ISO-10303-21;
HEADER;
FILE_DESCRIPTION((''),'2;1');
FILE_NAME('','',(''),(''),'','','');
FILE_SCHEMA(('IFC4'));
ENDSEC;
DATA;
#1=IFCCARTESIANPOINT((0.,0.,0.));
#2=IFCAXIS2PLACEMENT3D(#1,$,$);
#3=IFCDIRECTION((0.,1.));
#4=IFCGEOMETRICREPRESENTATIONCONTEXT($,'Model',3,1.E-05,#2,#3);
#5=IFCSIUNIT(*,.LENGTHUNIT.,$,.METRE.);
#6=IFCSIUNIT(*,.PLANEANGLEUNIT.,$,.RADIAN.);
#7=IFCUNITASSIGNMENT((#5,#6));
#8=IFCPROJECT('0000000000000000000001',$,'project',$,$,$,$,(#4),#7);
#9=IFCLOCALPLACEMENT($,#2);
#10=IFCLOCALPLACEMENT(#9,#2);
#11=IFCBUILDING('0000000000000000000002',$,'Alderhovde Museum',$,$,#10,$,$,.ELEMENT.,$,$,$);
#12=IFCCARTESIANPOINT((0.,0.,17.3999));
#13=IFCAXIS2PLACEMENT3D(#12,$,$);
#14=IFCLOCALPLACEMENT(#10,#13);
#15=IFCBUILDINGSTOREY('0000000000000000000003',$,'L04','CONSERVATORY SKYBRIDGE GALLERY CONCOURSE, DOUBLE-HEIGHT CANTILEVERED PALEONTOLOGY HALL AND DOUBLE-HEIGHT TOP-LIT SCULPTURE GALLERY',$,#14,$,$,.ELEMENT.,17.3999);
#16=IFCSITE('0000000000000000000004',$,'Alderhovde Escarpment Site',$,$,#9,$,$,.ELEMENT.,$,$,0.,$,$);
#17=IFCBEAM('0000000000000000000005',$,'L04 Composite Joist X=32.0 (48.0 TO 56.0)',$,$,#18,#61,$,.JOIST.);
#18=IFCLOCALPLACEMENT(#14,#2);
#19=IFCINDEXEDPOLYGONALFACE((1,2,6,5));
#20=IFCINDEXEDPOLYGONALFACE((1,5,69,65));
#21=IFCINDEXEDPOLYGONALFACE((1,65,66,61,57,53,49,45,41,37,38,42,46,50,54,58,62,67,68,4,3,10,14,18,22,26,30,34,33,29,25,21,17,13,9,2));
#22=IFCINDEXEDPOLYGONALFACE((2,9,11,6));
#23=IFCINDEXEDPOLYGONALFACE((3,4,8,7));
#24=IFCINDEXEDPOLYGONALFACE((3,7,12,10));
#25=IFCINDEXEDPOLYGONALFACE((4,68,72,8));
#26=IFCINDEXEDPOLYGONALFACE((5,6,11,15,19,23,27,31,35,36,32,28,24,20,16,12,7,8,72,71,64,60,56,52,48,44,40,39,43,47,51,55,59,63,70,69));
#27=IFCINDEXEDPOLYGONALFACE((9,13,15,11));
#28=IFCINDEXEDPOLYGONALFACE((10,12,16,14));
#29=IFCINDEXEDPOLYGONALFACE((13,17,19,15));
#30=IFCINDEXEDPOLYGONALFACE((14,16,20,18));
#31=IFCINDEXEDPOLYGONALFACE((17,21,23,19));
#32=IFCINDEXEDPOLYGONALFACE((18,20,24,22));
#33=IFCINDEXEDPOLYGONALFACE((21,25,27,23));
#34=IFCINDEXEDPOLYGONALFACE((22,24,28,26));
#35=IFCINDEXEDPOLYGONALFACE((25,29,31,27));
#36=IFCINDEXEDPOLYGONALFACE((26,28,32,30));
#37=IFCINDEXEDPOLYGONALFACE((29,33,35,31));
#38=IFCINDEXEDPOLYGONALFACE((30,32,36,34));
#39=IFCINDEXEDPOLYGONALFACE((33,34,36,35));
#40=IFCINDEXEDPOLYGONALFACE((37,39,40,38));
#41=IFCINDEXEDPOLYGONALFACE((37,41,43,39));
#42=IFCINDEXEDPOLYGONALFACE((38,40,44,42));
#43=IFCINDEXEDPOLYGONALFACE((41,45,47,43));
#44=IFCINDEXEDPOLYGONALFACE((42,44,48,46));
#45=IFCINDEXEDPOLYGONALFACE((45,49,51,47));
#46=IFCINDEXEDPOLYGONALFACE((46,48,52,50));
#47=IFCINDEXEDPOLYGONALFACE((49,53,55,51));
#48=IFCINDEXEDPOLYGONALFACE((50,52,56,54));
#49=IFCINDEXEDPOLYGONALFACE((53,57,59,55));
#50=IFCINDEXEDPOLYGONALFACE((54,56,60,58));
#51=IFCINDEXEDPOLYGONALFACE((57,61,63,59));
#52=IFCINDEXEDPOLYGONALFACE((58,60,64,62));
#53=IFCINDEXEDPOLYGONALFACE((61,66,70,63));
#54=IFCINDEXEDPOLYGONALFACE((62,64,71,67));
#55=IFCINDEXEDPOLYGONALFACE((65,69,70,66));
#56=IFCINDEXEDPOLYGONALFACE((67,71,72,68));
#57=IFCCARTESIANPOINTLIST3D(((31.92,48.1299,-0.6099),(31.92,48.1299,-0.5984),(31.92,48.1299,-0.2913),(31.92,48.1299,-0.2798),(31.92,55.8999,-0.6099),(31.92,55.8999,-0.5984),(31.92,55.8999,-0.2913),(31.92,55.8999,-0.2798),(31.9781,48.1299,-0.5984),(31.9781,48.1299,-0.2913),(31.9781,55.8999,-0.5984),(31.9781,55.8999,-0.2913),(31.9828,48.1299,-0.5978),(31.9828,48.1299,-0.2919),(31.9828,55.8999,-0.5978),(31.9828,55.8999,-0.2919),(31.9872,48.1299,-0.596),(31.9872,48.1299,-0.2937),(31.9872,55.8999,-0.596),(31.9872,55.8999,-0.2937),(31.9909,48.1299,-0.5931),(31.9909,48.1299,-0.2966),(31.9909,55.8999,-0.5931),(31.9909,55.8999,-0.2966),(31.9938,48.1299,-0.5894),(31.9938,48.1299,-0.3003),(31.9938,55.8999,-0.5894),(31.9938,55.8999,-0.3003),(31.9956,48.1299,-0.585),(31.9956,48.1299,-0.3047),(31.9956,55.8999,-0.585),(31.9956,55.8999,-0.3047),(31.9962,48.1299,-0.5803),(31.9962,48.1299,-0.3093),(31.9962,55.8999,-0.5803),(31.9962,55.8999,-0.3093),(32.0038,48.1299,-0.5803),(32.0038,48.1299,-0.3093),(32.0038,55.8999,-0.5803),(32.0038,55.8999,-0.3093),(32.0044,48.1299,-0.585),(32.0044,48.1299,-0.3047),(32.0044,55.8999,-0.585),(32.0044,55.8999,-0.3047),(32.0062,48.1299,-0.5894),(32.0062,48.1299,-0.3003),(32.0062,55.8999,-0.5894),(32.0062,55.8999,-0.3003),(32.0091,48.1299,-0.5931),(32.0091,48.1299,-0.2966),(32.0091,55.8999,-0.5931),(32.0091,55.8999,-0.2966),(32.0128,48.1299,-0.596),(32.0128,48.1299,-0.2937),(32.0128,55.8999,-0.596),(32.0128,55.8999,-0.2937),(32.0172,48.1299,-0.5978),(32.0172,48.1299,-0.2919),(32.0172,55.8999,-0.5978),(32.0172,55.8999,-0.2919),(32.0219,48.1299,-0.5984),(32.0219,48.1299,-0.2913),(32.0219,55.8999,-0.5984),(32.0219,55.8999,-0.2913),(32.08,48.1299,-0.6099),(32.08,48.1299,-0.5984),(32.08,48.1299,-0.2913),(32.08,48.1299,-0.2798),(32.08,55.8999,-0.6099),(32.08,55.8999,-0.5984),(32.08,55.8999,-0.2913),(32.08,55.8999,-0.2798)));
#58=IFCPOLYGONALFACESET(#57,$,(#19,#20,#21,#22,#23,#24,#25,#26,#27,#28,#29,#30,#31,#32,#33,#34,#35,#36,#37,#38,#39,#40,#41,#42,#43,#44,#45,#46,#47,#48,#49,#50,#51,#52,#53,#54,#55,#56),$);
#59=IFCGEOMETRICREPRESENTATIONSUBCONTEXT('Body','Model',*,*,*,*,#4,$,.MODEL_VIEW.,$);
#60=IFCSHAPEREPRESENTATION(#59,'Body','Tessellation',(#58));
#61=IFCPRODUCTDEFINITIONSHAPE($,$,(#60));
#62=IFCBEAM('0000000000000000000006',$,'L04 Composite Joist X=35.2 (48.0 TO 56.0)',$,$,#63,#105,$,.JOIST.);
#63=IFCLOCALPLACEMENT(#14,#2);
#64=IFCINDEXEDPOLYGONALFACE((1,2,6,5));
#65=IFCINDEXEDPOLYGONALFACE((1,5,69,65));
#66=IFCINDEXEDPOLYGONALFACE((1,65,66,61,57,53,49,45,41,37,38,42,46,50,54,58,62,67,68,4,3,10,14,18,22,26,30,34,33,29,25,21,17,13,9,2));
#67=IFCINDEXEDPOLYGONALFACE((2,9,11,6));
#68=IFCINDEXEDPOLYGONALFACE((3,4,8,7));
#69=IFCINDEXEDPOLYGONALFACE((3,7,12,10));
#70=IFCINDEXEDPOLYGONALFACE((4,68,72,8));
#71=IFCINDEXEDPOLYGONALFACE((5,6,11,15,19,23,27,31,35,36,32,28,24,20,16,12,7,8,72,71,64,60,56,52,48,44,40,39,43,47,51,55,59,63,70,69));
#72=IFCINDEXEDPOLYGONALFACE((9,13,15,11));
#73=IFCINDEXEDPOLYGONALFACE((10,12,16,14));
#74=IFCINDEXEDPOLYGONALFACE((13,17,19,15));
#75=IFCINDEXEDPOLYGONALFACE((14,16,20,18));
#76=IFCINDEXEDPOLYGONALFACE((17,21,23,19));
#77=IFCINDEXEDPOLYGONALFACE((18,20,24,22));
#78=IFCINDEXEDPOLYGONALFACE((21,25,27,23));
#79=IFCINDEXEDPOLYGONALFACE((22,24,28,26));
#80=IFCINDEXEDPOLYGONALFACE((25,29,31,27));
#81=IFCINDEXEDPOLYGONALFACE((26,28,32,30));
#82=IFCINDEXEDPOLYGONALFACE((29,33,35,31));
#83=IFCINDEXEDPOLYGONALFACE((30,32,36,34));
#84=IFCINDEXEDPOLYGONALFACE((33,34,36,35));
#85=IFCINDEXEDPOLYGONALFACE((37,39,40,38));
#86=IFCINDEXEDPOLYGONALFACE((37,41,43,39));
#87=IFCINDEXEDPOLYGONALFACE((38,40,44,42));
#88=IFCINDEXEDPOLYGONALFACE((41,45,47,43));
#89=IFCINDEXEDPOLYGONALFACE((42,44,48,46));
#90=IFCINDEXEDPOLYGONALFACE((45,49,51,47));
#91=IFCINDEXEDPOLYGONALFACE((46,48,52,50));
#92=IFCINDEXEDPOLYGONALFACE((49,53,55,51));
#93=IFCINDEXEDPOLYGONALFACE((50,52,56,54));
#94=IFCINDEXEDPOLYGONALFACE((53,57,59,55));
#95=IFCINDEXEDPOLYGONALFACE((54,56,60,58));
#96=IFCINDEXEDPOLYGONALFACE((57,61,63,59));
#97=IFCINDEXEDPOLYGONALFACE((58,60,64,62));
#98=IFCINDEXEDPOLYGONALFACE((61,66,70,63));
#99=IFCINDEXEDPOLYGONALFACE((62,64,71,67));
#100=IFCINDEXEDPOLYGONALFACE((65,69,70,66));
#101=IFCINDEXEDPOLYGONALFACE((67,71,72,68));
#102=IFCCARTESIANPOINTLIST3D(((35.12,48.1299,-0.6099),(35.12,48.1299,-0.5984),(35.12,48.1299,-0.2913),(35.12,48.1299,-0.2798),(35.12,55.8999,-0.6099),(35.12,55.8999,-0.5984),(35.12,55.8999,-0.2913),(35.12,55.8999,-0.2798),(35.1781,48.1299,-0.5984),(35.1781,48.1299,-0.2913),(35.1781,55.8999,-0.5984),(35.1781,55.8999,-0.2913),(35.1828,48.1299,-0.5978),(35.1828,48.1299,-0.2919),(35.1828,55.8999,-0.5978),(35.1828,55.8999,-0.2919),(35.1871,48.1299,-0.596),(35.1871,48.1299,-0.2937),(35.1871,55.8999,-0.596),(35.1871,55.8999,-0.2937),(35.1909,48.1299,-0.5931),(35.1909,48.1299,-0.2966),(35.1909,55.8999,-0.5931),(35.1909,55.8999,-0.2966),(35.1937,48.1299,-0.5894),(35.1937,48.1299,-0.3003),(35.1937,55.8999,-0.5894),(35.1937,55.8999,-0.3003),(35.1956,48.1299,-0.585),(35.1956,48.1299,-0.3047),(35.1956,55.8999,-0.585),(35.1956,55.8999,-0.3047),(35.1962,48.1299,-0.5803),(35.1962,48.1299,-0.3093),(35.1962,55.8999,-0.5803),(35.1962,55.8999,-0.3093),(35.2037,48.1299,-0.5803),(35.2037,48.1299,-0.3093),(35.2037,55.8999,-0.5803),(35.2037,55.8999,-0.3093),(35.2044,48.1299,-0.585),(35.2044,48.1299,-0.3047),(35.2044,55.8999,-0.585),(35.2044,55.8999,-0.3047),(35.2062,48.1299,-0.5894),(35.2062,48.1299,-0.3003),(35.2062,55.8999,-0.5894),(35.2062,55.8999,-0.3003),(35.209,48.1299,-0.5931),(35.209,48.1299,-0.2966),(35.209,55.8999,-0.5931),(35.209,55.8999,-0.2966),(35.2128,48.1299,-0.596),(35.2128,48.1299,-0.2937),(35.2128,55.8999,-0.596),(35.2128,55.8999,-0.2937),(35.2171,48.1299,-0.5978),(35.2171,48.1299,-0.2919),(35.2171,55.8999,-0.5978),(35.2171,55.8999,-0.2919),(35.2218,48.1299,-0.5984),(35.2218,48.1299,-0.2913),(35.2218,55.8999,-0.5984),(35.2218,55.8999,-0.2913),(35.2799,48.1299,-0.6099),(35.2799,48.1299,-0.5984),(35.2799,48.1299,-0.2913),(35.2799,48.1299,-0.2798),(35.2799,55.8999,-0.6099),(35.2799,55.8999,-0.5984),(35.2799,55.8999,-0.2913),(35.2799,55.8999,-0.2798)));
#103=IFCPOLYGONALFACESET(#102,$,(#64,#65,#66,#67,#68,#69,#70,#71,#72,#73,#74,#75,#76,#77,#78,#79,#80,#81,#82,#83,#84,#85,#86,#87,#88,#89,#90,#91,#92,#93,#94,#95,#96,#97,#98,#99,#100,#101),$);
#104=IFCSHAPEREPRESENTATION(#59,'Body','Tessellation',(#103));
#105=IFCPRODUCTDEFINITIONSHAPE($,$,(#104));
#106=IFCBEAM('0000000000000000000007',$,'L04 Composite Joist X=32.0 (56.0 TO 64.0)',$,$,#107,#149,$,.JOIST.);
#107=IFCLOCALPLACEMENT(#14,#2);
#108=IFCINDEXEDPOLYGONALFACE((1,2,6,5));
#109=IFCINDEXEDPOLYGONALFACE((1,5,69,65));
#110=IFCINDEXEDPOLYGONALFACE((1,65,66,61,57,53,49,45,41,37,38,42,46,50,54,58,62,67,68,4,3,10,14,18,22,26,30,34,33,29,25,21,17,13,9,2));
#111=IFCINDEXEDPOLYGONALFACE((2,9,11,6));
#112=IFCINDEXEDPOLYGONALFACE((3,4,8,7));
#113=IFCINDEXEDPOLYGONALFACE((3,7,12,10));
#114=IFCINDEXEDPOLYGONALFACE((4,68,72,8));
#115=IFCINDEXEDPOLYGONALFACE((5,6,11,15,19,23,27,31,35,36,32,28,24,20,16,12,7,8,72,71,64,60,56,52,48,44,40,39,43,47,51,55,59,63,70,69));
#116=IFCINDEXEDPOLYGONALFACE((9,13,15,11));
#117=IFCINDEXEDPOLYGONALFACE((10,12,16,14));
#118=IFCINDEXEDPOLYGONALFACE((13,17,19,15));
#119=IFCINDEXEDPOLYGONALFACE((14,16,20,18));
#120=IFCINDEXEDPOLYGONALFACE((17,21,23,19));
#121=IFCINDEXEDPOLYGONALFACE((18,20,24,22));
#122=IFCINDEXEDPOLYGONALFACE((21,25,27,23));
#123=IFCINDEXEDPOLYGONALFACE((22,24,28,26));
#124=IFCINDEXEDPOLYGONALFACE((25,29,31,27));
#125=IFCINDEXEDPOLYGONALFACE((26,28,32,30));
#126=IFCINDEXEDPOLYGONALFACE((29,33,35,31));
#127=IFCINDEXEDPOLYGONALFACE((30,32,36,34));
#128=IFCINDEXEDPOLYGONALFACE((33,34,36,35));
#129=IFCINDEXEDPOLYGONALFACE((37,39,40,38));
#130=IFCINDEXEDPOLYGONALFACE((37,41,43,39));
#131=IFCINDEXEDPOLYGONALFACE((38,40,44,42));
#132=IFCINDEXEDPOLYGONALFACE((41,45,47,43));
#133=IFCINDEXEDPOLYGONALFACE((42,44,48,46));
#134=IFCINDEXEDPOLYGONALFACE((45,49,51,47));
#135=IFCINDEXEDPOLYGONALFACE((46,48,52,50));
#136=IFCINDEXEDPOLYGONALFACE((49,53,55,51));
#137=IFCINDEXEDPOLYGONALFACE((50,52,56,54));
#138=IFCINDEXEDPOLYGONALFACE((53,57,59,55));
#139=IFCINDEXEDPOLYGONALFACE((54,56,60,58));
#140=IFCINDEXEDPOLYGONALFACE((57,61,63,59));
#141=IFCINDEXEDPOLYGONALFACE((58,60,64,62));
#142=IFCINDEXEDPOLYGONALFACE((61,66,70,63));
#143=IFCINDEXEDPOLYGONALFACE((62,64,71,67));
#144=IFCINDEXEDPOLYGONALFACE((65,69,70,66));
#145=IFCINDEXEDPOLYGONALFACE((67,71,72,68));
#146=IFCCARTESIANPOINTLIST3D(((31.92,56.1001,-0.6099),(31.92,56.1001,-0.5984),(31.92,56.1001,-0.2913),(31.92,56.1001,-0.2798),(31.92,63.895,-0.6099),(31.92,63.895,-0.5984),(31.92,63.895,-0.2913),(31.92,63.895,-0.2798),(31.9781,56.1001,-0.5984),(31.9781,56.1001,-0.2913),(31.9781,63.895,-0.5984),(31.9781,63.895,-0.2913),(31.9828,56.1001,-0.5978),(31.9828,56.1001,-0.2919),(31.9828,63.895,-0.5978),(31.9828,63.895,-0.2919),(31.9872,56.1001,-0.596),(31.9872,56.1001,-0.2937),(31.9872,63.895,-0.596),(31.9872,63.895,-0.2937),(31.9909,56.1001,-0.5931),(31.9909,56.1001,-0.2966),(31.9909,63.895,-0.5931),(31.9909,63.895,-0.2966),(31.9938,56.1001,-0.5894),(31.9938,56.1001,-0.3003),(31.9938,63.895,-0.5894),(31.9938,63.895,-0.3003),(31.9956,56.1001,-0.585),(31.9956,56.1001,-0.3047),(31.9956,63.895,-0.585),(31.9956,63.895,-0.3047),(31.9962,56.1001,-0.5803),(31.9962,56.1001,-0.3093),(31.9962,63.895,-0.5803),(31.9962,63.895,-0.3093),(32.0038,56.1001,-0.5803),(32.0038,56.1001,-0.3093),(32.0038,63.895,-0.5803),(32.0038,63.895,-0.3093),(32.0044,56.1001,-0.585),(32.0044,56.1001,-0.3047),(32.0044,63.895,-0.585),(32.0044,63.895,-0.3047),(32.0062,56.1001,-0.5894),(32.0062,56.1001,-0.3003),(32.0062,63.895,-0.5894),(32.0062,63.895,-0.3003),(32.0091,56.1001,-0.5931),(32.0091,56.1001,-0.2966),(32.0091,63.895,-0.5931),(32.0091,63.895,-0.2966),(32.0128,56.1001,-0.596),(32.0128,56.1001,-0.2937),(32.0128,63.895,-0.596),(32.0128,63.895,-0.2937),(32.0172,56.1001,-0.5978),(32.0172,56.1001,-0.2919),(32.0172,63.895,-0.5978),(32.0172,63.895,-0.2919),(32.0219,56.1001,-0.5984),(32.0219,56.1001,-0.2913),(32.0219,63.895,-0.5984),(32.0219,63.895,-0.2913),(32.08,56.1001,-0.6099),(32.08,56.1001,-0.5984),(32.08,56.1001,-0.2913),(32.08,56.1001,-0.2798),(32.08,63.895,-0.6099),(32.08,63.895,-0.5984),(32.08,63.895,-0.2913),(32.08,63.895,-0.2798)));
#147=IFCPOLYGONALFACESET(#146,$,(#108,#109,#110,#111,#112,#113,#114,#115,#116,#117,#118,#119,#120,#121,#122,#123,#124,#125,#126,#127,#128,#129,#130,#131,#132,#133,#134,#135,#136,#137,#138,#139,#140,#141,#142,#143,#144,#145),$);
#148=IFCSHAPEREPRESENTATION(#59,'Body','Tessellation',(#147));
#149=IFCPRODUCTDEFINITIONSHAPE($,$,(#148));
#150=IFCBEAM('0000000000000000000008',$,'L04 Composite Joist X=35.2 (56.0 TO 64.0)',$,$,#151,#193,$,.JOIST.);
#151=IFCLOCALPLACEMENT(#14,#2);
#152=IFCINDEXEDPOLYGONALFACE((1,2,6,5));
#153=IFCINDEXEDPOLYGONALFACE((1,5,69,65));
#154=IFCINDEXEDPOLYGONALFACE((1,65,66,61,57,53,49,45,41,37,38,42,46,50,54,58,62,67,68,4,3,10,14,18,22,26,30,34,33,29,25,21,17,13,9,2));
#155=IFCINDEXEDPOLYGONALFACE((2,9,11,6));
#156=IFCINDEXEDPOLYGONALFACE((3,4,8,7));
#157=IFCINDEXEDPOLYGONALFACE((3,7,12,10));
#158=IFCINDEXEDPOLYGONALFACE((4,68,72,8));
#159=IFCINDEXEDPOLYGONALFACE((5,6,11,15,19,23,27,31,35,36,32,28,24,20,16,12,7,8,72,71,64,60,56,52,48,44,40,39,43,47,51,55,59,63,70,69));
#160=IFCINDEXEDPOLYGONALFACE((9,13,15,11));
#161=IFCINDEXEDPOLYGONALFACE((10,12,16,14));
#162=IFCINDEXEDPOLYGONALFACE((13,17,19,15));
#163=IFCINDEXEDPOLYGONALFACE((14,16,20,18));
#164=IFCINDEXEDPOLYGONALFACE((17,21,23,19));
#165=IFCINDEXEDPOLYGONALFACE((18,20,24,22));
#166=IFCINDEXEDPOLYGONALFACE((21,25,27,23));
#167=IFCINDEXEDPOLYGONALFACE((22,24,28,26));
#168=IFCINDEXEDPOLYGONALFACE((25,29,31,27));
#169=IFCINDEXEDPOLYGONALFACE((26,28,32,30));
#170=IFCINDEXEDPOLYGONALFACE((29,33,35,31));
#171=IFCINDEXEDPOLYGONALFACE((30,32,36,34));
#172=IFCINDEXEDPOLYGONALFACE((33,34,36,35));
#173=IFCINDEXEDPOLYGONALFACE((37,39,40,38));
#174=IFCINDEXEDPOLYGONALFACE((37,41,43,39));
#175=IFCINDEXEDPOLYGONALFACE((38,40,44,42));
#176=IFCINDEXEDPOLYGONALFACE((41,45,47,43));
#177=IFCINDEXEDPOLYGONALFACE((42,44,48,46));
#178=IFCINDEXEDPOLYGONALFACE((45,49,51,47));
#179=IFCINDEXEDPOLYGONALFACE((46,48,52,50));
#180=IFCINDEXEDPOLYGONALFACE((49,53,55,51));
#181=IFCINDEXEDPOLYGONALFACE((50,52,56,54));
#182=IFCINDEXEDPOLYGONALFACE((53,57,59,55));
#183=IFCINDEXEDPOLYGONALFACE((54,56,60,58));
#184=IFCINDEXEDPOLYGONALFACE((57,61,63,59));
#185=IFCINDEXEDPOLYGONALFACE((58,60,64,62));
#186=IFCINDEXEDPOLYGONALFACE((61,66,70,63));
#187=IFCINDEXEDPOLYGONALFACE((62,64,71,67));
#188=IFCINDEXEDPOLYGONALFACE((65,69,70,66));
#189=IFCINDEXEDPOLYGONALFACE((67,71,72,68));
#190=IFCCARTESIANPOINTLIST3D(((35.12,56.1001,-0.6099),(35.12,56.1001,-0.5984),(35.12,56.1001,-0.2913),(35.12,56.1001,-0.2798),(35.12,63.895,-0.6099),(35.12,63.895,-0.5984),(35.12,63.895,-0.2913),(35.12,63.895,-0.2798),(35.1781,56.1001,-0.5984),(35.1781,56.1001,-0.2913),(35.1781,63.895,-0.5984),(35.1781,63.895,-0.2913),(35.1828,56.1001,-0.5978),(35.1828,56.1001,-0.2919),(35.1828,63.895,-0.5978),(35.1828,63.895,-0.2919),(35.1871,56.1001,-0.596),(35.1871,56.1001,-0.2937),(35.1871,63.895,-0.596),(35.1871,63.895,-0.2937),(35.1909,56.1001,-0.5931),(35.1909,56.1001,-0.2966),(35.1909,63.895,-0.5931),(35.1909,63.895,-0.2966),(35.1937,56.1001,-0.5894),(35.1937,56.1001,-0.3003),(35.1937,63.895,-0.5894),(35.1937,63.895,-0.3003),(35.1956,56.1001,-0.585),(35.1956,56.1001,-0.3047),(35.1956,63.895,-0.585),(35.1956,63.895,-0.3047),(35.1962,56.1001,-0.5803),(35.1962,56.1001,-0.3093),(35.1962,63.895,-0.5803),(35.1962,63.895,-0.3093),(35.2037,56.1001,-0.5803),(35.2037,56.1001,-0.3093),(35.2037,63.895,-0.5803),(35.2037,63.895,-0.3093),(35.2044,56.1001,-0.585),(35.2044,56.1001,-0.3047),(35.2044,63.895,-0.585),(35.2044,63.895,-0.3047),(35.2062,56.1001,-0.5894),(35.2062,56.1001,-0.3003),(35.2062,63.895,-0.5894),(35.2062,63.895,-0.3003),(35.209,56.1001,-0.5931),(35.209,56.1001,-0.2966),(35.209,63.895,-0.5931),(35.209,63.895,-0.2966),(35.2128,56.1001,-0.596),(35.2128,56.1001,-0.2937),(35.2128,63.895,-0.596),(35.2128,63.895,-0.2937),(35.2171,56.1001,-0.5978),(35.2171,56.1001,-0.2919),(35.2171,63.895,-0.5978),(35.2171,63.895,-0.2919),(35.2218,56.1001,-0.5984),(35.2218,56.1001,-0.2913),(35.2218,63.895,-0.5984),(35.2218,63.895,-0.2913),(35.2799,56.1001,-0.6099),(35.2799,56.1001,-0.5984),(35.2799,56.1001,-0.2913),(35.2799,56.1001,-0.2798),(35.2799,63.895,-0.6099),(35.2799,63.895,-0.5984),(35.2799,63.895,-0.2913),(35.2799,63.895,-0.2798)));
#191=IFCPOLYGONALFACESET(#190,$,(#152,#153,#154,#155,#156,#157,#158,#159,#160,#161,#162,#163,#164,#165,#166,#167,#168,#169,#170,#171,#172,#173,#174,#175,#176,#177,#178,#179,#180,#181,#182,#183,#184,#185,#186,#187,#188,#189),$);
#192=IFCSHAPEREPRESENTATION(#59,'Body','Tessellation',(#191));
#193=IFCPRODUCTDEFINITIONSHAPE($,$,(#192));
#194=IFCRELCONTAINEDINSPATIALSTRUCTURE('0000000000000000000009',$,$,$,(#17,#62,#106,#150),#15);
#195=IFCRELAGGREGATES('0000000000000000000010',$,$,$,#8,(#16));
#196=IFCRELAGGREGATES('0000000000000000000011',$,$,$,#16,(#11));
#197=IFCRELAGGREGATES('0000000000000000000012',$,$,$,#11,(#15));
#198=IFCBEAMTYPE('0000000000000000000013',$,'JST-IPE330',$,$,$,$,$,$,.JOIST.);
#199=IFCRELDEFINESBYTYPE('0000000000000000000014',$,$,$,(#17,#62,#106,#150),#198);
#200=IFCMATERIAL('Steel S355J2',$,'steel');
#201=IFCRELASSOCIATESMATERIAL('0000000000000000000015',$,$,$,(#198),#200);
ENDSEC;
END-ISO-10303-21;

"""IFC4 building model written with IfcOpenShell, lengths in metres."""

from ifc_helpers import new_model, si_unit, direction, frame, origin, origin_2d, place, context, subcontext, project, spatial, i_section, extrude, material, material_profile, profile_set, type_object, element, save


model = new_model("IFC4")

# Units and contexts
model_context = context("Model", 3, precision=1e-05, world=origin(), true_north=direction((0.0, 1.0)))
body_context = subcontext(model_context, "Body", "Model", "MODEL_VIEW")
ifc_project = project(units=[si_unit("LENGTHUNIT", "METRE"), si_unit("PLANEANGLEUNIT", "RADIAN")], contexts=[model_context])

# Site, building, storey
site_placement = place(None, origin())
site = spatial("IfcSite", under=ifc_project, at=site_placement, Name="Alderhovde Escarpment Site", CompositionType="ELEMENT", RefElevation=0.0)
building_placement = place(site_placement, origin())
building = spatial("IfcBuilding", under=site, at=building_placement, Name="Alderhovde Museum", CompositionType="ELEMENT")
storey_placement = place(building_placement, frame((0.0, 0.0, 17.3999)))
storey = spatial("IfcBuildingStorey", under=building, at=storey_placement, Name="L04", Description="CONSERVATORY SKYBRIDGE GALLERY CONCOURSE, DOUBLE-HEIGHT CANTILEVERED PALEONTOLOGY HALL AND DOUBLE-HEIGHT TOP-LIT SCULPTURE GALLERY", CompositionType="ELEMENT", Elevation=17.3999)

# Beams
ifc_material_1 = material(Name="Steel S355J2", Category="steel")
ifc_material_profile_1 = material_profile(ifc_material_1, i_section(OverallWidth=0.1599, OverallDepth=0.3301, WebThickness=0.0076, FlangeThickness=0.0115, FilletRadius=0.0181, at=origin_2d()), Name="IPE 330")
ifc_profile_set_1 = profile_set([ifc_material_profile_1], Name="Steel S355J2")
beam_type_1 = type_object("IfcBeamType", Name="JST-IPE330", PredefinedType="JOIST", material=ifc_profile_set_1)
for number, where, z_axis, x_axis, name in (
    (1, (32.0, 48.1299, -0.4448), (0.0, 1.0, 0.0), (-1.0, 0.0, 0.0), "L04 Composite Joist X=32.0 (48.0 TO 56.0)"),
    (2, (35.2, 48.1299, -0.4448), (0.0, 1.0, 0.0), (-1.0, 0.0, 0.0), "L04 Composite Joist X=35.2 (48.0 TO 56.0)"),
):
    element("IfcBeam", number, at=place(storey_placement, frame(where, z_axis=z_axis, x_axis=x_axis)), inside=storey, type_object=beam_type_1, Name=name, PredefinedType="JOIST", context=body_context, shape_type="SweptSolid", body=[
        extrude(i_section(OverallWidth=0.1599, OverallDepth=0.3301, WebThickness=0.0076, FlangeThickness=0.0115, FilletRadius=0.0181, at=origin_2d()), origin(), (0.0, 0.0, 1.0), 7.77),
    ])
for number, where, z_axis, x_axis, name in (
    (3, (32.0, 56.1001, -0.4448), (0.0, 1.0, 0.0), (-1.0, 0.0, 0.0), "L04 Composite Joist X=32.0 (56.0 TO 64.0)"),
    (4, (35.2, 56.1001, -0.4448), (0.0, 1.0, 0.0), (-1.0, 0.0, 0.0), "L04 Composite Joist X=35.2 (56.0 TO 64.0)"),
):
    element("IfcBeam", number, at=place(storey_placement, frame(where, z_axis=z_axis, x_axis=x_axis)), inside=storey, type_object=beam_type_1, Name=name, PredefinedType="JOIST", context=body_context, shape_type="SweptSolid", body=[
        extrude(i_section(OverallWidth=0.1599, OverallDepth=0.3301, WebThickness=0.0076, FlangeThickness=0.0115, FilletRadius=0.0181, at=origin_2d()), origin(), (0.0, 0.0, 1.0), 7.7949),
    ])

save(model, "model.ifc")
